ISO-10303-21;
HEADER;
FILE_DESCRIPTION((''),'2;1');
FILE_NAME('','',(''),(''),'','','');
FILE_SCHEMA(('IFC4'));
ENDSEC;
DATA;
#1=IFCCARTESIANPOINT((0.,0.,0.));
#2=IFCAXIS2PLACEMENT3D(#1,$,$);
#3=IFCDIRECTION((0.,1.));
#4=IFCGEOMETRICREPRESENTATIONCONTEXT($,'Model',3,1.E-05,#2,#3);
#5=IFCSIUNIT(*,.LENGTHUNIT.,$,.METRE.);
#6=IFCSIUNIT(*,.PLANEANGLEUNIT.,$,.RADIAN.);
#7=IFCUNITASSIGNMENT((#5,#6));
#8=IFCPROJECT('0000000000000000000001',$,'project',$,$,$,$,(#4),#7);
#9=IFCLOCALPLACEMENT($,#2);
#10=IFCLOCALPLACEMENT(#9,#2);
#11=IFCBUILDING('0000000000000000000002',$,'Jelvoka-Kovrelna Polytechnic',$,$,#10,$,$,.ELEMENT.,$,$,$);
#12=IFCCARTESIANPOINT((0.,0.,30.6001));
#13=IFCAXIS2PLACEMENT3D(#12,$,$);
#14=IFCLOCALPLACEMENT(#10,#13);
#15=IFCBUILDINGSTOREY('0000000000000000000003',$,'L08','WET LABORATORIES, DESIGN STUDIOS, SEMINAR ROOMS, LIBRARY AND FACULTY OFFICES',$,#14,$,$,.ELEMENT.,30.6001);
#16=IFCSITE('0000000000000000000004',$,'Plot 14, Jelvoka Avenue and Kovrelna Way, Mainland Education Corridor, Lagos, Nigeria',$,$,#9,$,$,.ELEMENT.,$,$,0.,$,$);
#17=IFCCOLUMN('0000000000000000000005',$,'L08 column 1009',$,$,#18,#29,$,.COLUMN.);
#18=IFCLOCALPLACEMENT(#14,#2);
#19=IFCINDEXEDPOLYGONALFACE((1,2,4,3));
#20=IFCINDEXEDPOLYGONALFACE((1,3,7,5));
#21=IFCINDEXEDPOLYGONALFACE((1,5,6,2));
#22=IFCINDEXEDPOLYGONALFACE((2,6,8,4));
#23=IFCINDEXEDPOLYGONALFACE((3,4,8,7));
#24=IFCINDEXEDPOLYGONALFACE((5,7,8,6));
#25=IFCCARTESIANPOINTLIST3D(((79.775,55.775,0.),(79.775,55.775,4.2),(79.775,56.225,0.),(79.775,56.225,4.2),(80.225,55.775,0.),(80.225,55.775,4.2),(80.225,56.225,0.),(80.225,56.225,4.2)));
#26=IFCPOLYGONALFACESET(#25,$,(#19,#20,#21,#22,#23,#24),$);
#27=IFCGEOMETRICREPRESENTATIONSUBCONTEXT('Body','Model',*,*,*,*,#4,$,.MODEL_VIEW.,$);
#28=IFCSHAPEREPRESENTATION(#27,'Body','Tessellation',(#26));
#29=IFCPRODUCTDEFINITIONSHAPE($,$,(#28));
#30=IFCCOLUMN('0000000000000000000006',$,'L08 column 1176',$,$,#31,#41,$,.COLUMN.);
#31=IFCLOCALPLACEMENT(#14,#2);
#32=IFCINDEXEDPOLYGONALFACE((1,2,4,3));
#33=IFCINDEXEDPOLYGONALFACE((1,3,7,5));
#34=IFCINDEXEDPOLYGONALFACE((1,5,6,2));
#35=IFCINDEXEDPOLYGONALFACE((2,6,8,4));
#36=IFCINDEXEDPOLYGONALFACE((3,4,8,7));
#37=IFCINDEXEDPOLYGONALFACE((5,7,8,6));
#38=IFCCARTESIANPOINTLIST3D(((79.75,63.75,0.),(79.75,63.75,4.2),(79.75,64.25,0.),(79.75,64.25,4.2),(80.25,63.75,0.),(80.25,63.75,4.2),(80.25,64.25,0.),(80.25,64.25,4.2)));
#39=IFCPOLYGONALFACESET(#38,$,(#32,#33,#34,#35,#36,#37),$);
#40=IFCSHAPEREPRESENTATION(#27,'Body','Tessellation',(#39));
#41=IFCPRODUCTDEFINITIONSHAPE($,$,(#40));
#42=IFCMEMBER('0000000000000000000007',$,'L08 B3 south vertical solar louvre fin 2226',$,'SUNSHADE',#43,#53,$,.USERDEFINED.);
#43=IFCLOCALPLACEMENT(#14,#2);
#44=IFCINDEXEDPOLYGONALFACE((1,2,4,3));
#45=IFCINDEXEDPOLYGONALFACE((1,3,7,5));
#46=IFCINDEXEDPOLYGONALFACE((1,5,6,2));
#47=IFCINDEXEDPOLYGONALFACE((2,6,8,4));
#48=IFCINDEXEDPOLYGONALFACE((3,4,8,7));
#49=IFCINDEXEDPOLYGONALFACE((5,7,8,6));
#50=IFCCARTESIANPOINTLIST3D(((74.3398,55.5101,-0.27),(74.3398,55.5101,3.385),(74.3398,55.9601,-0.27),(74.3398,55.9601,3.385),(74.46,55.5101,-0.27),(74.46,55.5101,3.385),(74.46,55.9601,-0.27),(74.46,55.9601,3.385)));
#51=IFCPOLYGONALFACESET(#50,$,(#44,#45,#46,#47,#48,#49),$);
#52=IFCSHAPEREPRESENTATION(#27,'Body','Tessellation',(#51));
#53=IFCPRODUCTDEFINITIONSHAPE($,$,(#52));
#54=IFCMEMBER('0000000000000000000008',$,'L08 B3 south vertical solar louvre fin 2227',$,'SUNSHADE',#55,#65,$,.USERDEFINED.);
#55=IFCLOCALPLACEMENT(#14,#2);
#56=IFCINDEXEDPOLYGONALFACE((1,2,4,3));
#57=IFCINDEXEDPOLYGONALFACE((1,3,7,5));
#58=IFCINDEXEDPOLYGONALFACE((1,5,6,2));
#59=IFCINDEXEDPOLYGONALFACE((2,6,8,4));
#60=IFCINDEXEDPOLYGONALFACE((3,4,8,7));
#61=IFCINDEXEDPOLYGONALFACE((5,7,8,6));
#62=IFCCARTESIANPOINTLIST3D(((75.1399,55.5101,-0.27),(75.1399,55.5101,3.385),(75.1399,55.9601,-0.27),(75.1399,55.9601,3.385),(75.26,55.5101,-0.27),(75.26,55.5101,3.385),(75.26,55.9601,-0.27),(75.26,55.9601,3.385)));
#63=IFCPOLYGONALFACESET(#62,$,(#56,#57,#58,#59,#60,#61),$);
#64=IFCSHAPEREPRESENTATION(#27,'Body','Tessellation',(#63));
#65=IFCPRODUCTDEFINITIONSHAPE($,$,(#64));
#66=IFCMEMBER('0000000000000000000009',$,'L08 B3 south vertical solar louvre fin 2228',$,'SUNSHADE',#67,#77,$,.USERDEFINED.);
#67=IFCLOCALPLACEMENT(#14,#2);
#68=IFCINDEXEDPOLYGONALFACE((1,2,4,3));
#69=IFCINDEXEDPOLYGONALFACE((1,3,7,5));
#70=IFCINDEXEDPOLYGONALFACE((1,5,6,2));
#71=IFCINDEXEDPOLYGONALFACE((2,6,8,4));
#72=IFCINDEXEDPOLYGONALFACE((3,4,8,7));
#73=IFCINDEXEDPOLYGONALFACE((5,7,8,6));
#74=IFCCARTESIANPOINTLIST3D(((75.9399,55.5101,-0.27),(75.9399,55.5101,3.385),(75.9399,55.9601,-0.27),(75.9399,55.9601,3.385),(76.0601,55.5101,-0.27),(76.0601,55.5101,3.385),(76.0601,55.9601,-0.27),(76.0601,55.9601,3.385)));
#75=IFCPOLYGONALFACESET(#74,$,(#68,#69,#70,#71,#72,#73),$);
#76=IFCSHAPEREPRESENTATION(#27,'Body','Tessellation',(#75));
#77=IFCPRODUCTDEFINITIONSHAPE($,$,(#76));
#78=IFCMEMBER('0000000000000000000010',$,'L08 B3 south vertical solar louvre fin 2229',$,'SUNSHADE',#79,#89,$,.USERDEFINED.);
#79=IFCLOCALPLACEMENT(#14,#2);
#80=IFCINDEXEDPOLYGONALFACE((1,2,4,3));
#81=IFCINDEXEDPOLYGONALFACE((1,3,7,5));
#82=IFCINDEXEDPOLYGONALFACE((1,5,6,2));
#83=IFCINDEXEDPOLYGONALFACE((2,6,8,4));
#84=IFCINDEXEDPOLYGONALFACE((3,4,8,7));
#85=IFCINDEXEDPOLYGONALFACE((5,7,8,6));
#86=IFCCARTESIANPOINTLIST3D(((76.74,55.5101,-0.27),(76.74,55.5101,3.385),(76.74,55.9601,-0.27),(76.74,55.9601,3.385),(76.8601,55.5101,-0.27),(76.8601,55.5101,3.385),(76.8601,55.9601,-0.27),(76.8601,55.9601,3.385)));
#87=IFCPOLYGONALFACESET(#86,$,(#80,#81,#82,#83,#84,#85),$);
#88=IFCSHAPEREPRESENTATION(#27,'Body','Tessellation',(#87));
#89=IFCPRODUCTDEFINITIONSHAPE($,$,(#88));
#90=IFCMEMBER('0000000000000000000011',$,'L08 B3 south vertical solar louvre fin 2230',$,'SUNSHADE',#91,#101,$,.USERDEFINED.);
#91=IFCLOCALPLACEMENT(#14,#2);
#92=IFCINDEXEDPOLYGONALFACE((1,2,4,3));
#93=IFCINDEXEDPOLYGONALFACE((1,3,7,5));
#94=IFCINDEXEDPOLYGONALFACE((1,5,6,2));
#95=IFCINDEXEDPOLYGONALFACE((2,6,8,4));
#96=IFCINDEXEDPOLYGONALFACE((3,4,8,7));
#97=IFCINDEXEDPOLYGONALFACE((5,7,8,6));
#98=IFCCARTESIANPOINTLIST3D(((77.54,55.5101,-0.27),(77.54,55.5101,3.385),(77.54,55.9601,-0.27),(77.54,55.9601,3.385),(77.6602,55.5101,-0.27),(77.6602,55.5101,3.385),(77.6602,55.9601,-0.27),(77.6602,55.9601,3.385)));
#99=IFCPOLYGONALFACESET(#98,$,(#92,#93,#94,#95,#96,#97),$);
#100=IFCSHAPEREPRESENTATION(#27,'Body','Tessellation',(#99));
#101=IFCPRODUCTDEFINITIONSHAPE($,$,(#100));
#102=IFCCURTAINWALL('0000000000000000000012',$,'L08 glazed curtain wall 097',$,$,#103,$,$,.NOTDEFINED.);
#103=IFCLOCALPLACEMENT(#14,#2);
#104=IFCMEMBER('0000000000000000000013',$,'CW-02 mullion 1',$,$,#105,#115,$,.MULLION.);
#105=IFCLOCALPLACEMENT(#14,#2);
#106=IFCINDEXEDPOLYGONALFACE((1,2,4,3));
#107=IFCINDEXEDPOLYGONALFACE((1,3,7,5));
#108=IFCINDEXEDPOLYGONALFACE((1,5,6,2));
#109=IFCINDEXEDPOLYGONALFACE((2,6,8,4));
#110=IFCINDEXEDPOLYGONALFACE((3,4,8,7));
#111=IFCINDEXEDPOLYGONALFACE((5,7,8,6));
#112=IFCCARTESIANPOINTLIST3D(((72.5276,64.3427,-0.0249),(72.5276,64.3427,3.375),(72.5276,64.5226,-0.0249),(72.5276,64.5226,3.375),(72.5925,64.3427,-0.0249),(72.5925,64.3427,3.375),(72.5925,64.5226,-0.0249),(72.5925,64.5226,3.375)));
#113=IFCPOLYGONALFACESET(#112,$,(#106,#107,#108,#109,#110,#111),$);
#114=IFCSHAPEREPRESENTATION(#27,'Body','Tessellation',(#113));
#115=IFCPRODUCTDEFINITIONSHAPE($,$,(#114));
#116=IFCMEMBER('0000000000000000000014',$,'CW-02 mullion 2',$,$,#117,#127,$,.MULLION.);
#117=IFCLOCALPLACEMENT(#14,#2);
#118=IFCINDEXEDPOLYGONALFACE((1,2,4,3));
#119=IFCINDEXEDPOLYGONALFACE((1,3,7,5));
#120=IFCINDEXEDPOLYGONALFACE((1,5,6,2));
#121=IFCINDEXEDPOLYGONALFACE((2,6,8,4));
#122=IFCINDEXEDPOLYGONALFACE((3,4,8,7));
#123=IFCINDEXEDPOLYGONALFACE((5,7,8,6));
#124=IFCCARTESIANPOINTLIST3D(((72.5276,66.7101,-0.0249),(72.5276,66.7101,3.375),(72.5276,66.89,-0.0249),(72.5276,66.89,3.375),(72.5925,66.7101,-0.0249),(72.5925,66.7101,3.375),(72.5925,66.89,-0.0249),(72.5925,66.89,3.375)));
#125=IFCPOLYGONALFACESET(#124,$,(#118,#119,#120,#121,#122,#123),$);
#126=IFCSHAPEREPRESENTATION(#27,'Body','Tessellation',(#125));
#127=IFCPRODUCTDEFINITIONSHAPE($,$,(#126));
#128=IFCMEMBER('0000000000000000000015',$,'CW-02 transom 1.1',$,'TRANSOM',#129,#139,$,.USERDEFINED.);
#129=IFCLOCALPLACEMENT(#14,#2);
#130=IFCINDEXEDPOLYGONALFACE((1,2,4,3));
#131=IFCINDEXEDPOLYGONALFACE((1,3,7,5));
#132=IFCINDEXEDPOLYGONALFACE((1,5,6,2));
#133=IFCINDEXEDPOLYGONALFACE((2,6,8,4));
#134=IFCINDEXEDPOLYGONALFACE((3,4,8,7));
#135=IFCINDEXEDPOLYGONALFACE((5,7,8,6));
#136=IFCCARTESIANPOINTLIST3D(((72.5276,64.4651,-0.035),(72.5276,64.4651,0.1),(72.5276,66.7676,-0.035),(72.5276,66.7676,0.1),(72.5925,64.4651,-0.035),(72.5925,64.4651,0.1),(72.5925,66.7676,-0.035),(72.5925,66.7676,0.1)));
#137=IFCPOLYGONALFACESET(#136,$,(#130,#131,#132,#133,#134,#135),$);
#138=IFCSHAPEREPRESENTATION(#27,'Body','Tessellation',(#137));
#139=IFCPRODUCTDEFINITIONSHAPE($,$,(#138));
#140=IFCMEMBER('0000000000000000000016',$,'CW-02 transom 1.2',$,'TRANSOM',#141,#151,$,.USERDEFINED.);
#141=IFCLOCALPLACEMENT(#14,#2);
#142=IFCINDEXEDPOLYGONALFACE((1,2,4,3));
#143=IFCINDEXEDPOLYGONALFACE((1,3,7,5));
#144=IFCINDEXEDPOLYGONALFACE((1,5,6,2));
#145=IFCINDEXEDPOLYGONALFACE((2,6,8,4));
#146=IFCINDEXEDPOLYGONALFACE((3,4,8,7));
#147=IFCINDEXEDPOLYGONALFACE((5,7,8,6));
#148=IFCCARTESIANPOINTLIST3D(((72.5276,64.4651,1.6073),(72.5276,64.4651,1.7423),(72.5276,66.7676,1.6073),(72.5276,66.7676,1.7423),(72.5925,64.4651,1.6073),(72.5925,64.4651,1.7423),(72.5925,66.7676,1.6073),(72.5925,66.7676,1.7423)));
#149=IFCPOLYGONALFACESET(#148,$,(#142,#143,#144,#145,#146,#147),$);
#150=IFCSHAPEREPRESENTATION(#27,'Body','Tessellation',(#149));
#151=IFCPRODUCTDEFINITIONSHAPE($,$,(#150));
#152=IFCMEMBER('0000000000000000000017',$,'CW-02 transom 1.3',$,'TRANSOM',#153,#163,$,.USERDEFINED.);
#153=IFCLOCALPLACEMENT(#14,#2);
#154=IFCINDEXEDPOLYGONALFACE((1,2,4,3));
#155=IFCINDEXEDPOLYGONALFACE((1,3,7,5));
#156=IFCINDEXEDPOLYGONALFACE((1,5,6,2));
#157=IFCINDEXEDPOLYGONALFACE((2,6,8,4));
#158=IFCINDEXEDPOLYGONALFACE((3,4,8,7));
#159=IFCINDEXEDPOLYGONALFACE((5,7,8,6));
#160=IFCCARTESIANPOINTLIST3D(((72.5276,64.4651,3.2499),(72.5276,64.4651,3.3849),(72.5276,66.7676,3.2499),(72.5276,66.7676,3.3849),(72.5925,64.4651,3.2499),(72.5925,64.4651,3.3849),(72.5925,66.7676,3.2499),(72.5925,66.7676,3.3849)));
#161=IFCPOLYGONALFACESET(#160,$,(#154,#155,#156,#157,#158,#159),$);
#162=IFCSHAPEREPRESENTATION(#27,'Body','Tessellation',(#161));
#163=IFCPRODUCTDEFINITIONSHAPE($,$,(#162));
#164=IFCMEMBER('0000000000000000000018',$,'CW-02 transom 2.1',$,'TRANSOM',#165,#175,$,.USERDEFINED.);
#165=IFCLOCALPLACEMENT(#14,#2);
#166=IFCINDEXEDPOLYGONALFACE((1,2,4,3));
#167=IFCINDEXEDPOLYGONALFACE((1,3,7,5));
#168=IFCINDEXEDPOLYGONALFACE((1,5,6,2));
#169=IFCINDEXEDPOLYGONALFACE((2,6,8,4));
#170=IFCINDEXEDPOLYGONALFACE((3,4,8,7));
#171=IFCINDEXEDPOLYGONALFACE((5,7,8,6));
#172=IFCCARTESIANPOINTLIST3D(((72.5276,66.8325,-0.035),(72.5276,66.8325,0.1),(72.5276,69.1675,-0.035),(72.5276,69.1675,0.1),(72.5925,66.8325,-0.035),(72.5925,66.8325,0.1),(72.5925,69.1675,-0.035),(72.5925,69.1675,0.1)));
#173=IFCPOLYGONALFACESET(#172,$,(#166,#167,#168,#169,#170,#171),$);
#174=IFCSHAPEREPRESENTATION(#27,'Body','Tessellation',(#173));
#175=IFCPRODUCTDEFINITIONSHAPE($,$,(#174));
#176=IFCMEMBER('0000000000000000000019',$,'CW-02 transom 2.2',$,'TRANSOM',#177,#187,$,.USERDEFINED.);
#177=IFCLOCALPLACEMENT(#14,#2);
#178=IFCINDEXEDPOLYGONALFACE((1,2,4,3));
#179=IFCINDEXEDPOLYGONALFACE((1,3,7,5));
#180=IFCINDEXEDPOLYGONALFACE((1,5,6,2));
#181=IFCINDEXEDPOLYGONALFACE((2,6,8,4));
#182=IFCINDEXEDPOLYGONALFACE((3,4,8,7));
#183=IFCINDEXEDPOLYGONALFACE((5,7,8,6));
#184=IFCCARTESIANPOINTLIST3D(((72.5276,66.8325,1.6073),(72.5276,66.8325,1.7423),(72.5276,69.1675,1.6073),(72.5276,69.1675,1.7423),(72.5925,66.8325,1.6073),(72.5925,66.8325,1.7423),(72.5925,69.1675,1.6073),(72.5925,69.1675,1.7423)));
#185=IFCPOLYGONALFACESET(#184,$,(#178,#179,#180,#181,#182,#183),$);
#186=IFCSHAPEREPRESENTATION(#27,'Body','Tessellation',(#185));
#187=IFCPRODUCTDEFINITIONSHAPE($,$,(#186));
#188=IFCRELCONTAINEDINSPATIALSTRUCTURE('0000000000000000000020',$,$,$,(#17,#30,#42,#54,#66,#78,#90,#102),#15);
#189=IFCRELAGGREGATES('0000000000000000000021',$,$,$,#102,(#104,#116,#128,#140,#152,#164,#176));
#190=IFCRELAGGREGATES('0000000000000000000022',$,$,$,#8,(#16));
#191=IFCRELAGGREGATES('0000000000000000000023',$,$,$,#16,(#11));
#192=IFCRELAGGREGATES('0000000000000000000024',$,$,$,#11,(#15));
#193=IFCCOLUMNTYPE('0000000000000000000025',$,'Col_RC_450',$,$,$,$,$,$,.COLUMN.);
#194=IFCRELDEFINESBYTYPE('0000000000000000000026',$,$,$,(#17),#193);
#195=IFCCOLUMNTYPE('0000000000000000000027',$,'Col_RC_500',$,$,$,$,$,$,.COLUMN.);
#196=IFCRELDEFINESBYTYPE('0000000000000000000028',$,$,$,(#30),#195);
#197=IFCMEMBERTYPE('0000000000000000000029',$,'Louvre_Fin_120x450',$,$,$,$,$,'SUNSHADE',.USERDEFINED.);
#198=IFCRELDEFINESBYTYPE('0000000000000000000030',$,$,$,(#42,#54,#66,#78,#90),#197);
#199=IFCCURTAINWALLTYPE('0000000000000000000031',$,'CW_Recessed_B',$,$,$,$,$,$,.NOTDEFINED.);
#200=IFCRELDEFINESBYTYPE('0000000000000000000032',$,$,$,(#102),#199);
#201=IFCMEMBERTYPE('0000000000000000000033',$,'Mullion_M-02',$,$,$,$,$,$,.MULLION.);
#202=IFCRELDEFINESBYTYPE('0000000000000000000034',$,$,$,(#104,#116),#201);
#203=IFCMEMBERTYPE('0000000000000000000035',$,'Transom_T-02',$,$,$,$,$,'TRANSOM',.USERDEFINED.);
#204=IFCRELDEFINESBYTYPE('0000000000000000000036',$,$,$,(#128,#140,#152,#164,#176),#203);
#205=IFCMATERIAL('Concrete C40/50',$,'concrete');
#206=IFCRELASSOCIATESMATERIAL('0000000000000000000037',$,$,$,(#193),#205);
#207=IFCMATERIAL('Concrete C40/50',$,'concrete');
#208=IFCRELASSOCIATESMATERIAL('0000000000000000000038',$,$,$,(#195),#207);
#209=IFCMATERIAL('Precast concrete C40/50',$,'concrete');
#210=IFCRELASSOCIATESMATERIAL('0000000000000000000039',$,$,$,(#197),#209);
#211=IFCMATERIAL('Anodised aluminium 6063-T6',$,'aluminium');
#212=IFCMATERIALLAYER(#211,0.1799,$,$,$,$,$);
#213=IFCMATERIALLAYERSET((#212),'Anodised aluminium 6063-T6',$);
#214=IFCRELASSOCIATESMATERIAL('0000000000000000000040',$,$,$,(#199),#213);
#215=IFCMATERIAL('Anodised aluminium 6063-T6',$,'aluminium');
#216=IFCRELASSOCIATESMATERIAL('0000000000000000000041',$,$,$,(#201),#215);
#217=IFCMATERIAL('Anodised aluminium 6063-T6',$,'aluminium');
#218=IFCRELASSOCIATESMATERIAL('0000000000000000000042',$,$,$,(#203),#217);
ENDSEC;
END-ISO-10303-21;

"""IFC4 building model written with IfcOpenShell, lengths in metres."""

from ifc_helpers import new_model, si_unit, direction, frame, origin, origin_2d, place, context, subcontext, project, spatial, rectangle, extrude, material, layer, layer_set, material_profile, profile_set, type_object, element, aggregate, save


model = new_model("IFC4")

# Units and contexts
model_context = context("Model", 3, precision=1e-05, world=origin(), true_north=direction((0.0, 1.0)))
body_context = subcontext(model_context, "Body", "Model", "MODEL_VIEW")
ifc_project = project(units=[si_unit("LENGTHUNIT", "METRE"), si_unit("PLANEANGLEUNIT", "RADIAN")], contexts=[model_context])

# Site, building, storey
site_placement = place(None, origin())
site = spatial("IfcSite", under=ifc_project, at=site_placement, Name="Plot 14, Jelvoka Avenue and Kovrelna Way, Mainland Education Corridor, Lagos, Nigeria", CompositionType="ELEMENT", RefElevation=0.0)
building_placement = place(site_placement, origin())
building = spatial("IfcBuilding", under=site, at=building_placement, Name="Jelvoka-Kovrelna Polytechnic", CompositionType="ELEMENT")
storey_placement = place(building_placement, frame((0.0, 0.0, 30.6001)))
storey = spatial("IfcBuildingStorey", under=building, at=storey_placement, Name="L08", Description="WET LABORATORIES, DESIGN STUDIOS, SEMINAR ROOMS, LIBRARY AND FACULTY OFFICES", CompositionType="ELEMENT", Elevation=30.6001)

# Columns
ifc_material_1 = material(Name="Concrete C40/50", Category="concrete")
ifc_material_profile_1 = material_profile(ifc_material_1, rectangle(XDim=0.45, YDim=0.45, at=origin_2d()), Name="RC 450x450")
ifc_profile_set_1 = profile_set([ifc_material_profile_1], Name="Concrete C40/50")
column_type_1 = type_object("IfcColumnType", Name="Col_RC_450", PredefinedType="COLUMN", material=ifc_profile_set_1)
column_1_placement = place(storey_placement, frame((80.0, 56.0, 0.0), z_axis=(0.0, 0.0, 1.0), x_axis=(1.0, 0.0, 0.0)))
element("IfcColumn", 1, at=column_1_placement, inside=storey, type_object=column_type_1, Name="L08 column 1009", PredefinedType="COLUMN", context=body_context, shape_type="SweptSolid", body=[
    extrude(rectangle(XDim=0.45, YDim=0.45, at=origin_2d()), origin(), (0.0, 0.0, 1.0), 4.2),
])
ifc_material_2 = material(Name="Concrete C40/50", Category="concrete")
ifc_material_profile_2 = material_profile(ifc_material_2, rectangle(XDim=0.5, YDim=0.5, at=origin_2d()), Name="RC 500x500")
ifc_profile_set_2 = profile_set([ifc_material_profile_2], Name="Concrete C40/50")
column_type_2 = type_object("IfcColumnType", Name="Col_RC_500", PredefinedType="COLUMN", material=ifc_profile_set_2)
column_2_placement = place(storey_placement, frame((80.0, 64.0, 0.0), z_axis=(0.0, 0.0, 1.0), x_axis=(1.0, 0.0, 0.0)))
element("IfcColumn", 2, at=column_2_placement, inside=storey, type_object=column_type_2, Name="L08 column 1176", PredefinedType="COLUMN", context=body_context, shape_type="SweptSolid", body=[
    extrude(rectangle(XDim=0.5, YDim=0.5, at=origin_2d()), origin(), (0.0, 0.0, 1.0), 4.2),
])

# Members
ifc_material_3 = material(Name="Precast concrete C40/50", Category="concrete")
ifc_material_profile_3 = material_profile(ifc_material_3, rectangle(XDim=0.1201, YDim=0.45, at=origin_2d()), Name="PC 120x450")
ifc_profile_set_3 = profile_set([ifc_material_profile_3], Name="Precast concrete C40/50")
member_type_1 = type_object("IfcMemberType", Name="Louvre_Fin_120x450", ElementType="SUNSHADE", PredefinedType="USERDEFINED", material=ifc_profile_set_3)
for number, where, z_axis, x_axis, name in (
    (3, (74.3999, 55.7351, -0.27), (0.0, 0.0, 1.0), (1.0, 0.0, 0.0), "L08 B3 south vertical solar louvre fin 2226"),
    (4, (75.2, 55.7351, -0.27), (0.0, 0.0, 1.0), (1.0, 0.0, 0.0), "L08 B3 south vertical solar louvre fin 2227"),
    (5, (76.0, 55.7351, -0.27), (0.0, 0.0, 1.0), (1.0, 0.0, 0.0), "L08 B3 south vertical solar louvre fin 2228"),
    (6, (76.8, 55.7351, -0.27), (0.0, 0.0, 1.0), (1.0, 0.0, 0.0), "L08 B3 south vertical solar louvre fin 2229"),
    (7, (77.6001, 55.7351, -0.27), (0.0, 0.0, 1.0), (1.0, 0.0, 0.0), "L08 B3 south vertical solar louvre fin 2230"),
):
    element("IfcMember", number, at=place(storey_placement, frame(where, z_axis=z_axis, x_axis=x_axis)), inside=storey, type_object=member_type_1, Name=name, ObjectType="SUNSHADE", PredefinedType="USERDEFINED", context=body_context, shape_type="SweptSolid", body=[
        extrude(rectangle(XDim=0.1201, YDim=0.45, at=origin_2d()), origin(), (0.0, 0.0, 1.0), 3.655),
    ])

# Curtain wall, members
ifc_material_4 = material(Name="Anodised aluminium 6063-T6", Category="aluminium")
ifc_layer_1 = layer(ifc_material_4, 0.1799)
ifc_layer_set_1 = layer_set([ifc_layer_1], Name="Anodised aluminium 6063-T6")
curtain_wall_type = type_object("IfcCurtainWallType", Name="CW_Recessed_B", PredefinedType="NOTDEFINED", material=ifc_layer_set_1)
curtain_wall_placement = place(storey_placement, origin())
curtain_wall = element("IfcCurtainWall", 8, at=curtain_wall_placement, inside=storey, type_object=curtain_wall_type, Name="L08 glazed curtain wall 097", PredefinedType="NOTDEFINED")
ifc_material_5 = material(Name="Anodised aluminium 6063-T6", Category="aluminium")
ifc_material_profile_4 = material_profile(ifc_material_5, rectangle(XDim=0.0649, YDim=0.1799, at=origin_2d()), Name="ALU 65x180")
ifc_profile_set_4 = profile_set([ifc_material_profile_4], Name="Anodised aluminium 6063-T6")
member_type_2 = type_object("IfcMemberType", Name="Mullion_M-02", PredefinedType="MULLION", material=ifc_profile_set_4)
member_1_placement = place(storey_placement, frame((72.5601, 64.4326, -0.0249), z_axis=(0.0, 0.0, 1.0), x_axis=(-1.0, 0.0, 0.0)))
member_1 = element("IfcMember", 9, at=member_1_placement, type_object=member_type_2, Name="CW-02 mullion 1", PredefinedType="MULLION", context=body_context, shape_type="SweptSolid", body=[
    extrude(rectangle(XDim=0.0649, YDim=0.1799, at=origin_2d()), origin(), (0.0, 0.0, 1.0), 3.3999),
])
member_2_placement = place(storey_placement, frame((72.5601, 66.8, -0.0249), z_axis=(0.0, 0.0, 1.0), x_axis=(-1.0, 0.0, 0.0)))
member_2 = element("IfcMember", 10, at=member_2_placement, type_object=member_type_2, Name="CW-02 mullion 2", PredefinedType="MULLION", context=body_context, shape_type="SweptSolid", body=[
    extrude(rectangle(XDim=0.0649, YDim=0.1799, at=origin_2d()), origin(), (0.0, 0.0, 1.0), 3.3999),
])
ifc_material_6 = material(Name="Anodised aluminium 6063-T6", Category="aluminium")
ifc_material_profile_5 = material_profile(ifc_material_6, rectangle(XDim=0.0649, YDim=0.135, at=origin_2d()), Name="ALU 65x135")
ifc_profile_set_5 = profile_set([ifc_material_profile_5], Name="Anodised aluminium 6063-T6")
member_type_3 = type_object("IfcMemberType", Name="Transom_T-02", ElementType="TRANSOM", PredefinedType="USERDEFINED", material=ifc_profile_set_5)
member_3_placement = place(storey_placement, frame((72.5601, 64.4651, 0.0325), z_axis=(0.0, 1.0, 0.0), x_axis=(-1.0, 0.0, 0.0)))
member_3 = element("IfcMember", 11, at=member_3_placement, type_object=member_type_3, Name="CW-02 transom 1.1", ObjectType="TRANSOM", PredefinedType="USERDEFINED", context=body_context, shape_type="SweptSolid", body=[
    extrude(rectangle(XDim=0.0649, YDim=0.135, at=origin_2d()), origin(), (0.0, 0.0, 1.0), 2.3025),
])
member_4_placement = place(storey_placement, frame((72.5601, 64.4651, 1.6748), z_axis=(0.0, 1.0, 0.0), x_axis=(-1.0, 0.0, 0.0)))
member_4 = element("IfcMember", 12, at=member_4_placement, type_object=member_type_3, Name="CW-02 transom 1.2", ObjectType="TRANSOM", PredefinedType="USERDEFINED", context=body_context, shape_type="SweptSolid", body=[
    extrude(rectangle(XDim=0.0649, YDim=0.135, at=origin_2d()), origin(), (0.0, 0.0, 1.0), 2.3025),
])
member_5_placement = place(storey_placement, frame((72.5601, 64.4651, 3.3174), z_axis=(0.0, 1.0, 0.0), x_axis=(-1.0, 0.0, 0.0)))
member_5 = element("IfcMember", 13, at=member_5_placement, type_object=member_type_3, Name="CW-02 transom 1.3", ObjectType="TRANSOM", PredefinedType="USERDEFINED", context=body_context, shape_type="SweptSolid", body=[
    extrude(rectangle(XDim=0.0649, YDim=0.135, at=origin_2d()), origin(), (0.0, 0.0, 1.0), 2.3025),
])
member_6_placement = place(storey_placement, frame((72.5601, 66.8325, 0.0325), z_axis=(0.0, 1.0, 0.0), x_axis=(-1.0, 0.0, 0.0)))
member_6 = element("IfcMember", 14, at=member_6_placement, type_object=member_type_3, Name="CW-02 transom 2.1", ObjectType="TRANSOM", PredefinedType="USERDEFINED", context=body_context, shape_type="SweptSolid", body=[
    extrude(rectangle(XDim=0.0649, YDim=0.135, at=origin_2d()), origin(), (0.0, 0.0, 1.0), 2.335),
])
member_7_placement = place(storey_placement, frame((72.5601, 66.8325, 1.6748), z_axis=(0.0, 1.0, 0.0), x_axis=(-1.0, 0.0, 0.0)))
member_7 = element("IfcMember", 15, at=member_7_placement, type_object=member_type_3, Name="CW-02 transom 2.2", ObjectType="TRANSOM", PredefinedType="USERDEFINED", context=body_context, shape_type="SweptSolid", body=[
    extrude(rectangle(XDim=0.0649, YDim=0.135, at=origin_2d()), origin(), (0.0, 0.0, 1.0), 2.335),
])
aggregate(curtain_wall, [member_1, member_2, member_3, member_4, member_5, member_6, member_7])

save(model, "model.ifc")
